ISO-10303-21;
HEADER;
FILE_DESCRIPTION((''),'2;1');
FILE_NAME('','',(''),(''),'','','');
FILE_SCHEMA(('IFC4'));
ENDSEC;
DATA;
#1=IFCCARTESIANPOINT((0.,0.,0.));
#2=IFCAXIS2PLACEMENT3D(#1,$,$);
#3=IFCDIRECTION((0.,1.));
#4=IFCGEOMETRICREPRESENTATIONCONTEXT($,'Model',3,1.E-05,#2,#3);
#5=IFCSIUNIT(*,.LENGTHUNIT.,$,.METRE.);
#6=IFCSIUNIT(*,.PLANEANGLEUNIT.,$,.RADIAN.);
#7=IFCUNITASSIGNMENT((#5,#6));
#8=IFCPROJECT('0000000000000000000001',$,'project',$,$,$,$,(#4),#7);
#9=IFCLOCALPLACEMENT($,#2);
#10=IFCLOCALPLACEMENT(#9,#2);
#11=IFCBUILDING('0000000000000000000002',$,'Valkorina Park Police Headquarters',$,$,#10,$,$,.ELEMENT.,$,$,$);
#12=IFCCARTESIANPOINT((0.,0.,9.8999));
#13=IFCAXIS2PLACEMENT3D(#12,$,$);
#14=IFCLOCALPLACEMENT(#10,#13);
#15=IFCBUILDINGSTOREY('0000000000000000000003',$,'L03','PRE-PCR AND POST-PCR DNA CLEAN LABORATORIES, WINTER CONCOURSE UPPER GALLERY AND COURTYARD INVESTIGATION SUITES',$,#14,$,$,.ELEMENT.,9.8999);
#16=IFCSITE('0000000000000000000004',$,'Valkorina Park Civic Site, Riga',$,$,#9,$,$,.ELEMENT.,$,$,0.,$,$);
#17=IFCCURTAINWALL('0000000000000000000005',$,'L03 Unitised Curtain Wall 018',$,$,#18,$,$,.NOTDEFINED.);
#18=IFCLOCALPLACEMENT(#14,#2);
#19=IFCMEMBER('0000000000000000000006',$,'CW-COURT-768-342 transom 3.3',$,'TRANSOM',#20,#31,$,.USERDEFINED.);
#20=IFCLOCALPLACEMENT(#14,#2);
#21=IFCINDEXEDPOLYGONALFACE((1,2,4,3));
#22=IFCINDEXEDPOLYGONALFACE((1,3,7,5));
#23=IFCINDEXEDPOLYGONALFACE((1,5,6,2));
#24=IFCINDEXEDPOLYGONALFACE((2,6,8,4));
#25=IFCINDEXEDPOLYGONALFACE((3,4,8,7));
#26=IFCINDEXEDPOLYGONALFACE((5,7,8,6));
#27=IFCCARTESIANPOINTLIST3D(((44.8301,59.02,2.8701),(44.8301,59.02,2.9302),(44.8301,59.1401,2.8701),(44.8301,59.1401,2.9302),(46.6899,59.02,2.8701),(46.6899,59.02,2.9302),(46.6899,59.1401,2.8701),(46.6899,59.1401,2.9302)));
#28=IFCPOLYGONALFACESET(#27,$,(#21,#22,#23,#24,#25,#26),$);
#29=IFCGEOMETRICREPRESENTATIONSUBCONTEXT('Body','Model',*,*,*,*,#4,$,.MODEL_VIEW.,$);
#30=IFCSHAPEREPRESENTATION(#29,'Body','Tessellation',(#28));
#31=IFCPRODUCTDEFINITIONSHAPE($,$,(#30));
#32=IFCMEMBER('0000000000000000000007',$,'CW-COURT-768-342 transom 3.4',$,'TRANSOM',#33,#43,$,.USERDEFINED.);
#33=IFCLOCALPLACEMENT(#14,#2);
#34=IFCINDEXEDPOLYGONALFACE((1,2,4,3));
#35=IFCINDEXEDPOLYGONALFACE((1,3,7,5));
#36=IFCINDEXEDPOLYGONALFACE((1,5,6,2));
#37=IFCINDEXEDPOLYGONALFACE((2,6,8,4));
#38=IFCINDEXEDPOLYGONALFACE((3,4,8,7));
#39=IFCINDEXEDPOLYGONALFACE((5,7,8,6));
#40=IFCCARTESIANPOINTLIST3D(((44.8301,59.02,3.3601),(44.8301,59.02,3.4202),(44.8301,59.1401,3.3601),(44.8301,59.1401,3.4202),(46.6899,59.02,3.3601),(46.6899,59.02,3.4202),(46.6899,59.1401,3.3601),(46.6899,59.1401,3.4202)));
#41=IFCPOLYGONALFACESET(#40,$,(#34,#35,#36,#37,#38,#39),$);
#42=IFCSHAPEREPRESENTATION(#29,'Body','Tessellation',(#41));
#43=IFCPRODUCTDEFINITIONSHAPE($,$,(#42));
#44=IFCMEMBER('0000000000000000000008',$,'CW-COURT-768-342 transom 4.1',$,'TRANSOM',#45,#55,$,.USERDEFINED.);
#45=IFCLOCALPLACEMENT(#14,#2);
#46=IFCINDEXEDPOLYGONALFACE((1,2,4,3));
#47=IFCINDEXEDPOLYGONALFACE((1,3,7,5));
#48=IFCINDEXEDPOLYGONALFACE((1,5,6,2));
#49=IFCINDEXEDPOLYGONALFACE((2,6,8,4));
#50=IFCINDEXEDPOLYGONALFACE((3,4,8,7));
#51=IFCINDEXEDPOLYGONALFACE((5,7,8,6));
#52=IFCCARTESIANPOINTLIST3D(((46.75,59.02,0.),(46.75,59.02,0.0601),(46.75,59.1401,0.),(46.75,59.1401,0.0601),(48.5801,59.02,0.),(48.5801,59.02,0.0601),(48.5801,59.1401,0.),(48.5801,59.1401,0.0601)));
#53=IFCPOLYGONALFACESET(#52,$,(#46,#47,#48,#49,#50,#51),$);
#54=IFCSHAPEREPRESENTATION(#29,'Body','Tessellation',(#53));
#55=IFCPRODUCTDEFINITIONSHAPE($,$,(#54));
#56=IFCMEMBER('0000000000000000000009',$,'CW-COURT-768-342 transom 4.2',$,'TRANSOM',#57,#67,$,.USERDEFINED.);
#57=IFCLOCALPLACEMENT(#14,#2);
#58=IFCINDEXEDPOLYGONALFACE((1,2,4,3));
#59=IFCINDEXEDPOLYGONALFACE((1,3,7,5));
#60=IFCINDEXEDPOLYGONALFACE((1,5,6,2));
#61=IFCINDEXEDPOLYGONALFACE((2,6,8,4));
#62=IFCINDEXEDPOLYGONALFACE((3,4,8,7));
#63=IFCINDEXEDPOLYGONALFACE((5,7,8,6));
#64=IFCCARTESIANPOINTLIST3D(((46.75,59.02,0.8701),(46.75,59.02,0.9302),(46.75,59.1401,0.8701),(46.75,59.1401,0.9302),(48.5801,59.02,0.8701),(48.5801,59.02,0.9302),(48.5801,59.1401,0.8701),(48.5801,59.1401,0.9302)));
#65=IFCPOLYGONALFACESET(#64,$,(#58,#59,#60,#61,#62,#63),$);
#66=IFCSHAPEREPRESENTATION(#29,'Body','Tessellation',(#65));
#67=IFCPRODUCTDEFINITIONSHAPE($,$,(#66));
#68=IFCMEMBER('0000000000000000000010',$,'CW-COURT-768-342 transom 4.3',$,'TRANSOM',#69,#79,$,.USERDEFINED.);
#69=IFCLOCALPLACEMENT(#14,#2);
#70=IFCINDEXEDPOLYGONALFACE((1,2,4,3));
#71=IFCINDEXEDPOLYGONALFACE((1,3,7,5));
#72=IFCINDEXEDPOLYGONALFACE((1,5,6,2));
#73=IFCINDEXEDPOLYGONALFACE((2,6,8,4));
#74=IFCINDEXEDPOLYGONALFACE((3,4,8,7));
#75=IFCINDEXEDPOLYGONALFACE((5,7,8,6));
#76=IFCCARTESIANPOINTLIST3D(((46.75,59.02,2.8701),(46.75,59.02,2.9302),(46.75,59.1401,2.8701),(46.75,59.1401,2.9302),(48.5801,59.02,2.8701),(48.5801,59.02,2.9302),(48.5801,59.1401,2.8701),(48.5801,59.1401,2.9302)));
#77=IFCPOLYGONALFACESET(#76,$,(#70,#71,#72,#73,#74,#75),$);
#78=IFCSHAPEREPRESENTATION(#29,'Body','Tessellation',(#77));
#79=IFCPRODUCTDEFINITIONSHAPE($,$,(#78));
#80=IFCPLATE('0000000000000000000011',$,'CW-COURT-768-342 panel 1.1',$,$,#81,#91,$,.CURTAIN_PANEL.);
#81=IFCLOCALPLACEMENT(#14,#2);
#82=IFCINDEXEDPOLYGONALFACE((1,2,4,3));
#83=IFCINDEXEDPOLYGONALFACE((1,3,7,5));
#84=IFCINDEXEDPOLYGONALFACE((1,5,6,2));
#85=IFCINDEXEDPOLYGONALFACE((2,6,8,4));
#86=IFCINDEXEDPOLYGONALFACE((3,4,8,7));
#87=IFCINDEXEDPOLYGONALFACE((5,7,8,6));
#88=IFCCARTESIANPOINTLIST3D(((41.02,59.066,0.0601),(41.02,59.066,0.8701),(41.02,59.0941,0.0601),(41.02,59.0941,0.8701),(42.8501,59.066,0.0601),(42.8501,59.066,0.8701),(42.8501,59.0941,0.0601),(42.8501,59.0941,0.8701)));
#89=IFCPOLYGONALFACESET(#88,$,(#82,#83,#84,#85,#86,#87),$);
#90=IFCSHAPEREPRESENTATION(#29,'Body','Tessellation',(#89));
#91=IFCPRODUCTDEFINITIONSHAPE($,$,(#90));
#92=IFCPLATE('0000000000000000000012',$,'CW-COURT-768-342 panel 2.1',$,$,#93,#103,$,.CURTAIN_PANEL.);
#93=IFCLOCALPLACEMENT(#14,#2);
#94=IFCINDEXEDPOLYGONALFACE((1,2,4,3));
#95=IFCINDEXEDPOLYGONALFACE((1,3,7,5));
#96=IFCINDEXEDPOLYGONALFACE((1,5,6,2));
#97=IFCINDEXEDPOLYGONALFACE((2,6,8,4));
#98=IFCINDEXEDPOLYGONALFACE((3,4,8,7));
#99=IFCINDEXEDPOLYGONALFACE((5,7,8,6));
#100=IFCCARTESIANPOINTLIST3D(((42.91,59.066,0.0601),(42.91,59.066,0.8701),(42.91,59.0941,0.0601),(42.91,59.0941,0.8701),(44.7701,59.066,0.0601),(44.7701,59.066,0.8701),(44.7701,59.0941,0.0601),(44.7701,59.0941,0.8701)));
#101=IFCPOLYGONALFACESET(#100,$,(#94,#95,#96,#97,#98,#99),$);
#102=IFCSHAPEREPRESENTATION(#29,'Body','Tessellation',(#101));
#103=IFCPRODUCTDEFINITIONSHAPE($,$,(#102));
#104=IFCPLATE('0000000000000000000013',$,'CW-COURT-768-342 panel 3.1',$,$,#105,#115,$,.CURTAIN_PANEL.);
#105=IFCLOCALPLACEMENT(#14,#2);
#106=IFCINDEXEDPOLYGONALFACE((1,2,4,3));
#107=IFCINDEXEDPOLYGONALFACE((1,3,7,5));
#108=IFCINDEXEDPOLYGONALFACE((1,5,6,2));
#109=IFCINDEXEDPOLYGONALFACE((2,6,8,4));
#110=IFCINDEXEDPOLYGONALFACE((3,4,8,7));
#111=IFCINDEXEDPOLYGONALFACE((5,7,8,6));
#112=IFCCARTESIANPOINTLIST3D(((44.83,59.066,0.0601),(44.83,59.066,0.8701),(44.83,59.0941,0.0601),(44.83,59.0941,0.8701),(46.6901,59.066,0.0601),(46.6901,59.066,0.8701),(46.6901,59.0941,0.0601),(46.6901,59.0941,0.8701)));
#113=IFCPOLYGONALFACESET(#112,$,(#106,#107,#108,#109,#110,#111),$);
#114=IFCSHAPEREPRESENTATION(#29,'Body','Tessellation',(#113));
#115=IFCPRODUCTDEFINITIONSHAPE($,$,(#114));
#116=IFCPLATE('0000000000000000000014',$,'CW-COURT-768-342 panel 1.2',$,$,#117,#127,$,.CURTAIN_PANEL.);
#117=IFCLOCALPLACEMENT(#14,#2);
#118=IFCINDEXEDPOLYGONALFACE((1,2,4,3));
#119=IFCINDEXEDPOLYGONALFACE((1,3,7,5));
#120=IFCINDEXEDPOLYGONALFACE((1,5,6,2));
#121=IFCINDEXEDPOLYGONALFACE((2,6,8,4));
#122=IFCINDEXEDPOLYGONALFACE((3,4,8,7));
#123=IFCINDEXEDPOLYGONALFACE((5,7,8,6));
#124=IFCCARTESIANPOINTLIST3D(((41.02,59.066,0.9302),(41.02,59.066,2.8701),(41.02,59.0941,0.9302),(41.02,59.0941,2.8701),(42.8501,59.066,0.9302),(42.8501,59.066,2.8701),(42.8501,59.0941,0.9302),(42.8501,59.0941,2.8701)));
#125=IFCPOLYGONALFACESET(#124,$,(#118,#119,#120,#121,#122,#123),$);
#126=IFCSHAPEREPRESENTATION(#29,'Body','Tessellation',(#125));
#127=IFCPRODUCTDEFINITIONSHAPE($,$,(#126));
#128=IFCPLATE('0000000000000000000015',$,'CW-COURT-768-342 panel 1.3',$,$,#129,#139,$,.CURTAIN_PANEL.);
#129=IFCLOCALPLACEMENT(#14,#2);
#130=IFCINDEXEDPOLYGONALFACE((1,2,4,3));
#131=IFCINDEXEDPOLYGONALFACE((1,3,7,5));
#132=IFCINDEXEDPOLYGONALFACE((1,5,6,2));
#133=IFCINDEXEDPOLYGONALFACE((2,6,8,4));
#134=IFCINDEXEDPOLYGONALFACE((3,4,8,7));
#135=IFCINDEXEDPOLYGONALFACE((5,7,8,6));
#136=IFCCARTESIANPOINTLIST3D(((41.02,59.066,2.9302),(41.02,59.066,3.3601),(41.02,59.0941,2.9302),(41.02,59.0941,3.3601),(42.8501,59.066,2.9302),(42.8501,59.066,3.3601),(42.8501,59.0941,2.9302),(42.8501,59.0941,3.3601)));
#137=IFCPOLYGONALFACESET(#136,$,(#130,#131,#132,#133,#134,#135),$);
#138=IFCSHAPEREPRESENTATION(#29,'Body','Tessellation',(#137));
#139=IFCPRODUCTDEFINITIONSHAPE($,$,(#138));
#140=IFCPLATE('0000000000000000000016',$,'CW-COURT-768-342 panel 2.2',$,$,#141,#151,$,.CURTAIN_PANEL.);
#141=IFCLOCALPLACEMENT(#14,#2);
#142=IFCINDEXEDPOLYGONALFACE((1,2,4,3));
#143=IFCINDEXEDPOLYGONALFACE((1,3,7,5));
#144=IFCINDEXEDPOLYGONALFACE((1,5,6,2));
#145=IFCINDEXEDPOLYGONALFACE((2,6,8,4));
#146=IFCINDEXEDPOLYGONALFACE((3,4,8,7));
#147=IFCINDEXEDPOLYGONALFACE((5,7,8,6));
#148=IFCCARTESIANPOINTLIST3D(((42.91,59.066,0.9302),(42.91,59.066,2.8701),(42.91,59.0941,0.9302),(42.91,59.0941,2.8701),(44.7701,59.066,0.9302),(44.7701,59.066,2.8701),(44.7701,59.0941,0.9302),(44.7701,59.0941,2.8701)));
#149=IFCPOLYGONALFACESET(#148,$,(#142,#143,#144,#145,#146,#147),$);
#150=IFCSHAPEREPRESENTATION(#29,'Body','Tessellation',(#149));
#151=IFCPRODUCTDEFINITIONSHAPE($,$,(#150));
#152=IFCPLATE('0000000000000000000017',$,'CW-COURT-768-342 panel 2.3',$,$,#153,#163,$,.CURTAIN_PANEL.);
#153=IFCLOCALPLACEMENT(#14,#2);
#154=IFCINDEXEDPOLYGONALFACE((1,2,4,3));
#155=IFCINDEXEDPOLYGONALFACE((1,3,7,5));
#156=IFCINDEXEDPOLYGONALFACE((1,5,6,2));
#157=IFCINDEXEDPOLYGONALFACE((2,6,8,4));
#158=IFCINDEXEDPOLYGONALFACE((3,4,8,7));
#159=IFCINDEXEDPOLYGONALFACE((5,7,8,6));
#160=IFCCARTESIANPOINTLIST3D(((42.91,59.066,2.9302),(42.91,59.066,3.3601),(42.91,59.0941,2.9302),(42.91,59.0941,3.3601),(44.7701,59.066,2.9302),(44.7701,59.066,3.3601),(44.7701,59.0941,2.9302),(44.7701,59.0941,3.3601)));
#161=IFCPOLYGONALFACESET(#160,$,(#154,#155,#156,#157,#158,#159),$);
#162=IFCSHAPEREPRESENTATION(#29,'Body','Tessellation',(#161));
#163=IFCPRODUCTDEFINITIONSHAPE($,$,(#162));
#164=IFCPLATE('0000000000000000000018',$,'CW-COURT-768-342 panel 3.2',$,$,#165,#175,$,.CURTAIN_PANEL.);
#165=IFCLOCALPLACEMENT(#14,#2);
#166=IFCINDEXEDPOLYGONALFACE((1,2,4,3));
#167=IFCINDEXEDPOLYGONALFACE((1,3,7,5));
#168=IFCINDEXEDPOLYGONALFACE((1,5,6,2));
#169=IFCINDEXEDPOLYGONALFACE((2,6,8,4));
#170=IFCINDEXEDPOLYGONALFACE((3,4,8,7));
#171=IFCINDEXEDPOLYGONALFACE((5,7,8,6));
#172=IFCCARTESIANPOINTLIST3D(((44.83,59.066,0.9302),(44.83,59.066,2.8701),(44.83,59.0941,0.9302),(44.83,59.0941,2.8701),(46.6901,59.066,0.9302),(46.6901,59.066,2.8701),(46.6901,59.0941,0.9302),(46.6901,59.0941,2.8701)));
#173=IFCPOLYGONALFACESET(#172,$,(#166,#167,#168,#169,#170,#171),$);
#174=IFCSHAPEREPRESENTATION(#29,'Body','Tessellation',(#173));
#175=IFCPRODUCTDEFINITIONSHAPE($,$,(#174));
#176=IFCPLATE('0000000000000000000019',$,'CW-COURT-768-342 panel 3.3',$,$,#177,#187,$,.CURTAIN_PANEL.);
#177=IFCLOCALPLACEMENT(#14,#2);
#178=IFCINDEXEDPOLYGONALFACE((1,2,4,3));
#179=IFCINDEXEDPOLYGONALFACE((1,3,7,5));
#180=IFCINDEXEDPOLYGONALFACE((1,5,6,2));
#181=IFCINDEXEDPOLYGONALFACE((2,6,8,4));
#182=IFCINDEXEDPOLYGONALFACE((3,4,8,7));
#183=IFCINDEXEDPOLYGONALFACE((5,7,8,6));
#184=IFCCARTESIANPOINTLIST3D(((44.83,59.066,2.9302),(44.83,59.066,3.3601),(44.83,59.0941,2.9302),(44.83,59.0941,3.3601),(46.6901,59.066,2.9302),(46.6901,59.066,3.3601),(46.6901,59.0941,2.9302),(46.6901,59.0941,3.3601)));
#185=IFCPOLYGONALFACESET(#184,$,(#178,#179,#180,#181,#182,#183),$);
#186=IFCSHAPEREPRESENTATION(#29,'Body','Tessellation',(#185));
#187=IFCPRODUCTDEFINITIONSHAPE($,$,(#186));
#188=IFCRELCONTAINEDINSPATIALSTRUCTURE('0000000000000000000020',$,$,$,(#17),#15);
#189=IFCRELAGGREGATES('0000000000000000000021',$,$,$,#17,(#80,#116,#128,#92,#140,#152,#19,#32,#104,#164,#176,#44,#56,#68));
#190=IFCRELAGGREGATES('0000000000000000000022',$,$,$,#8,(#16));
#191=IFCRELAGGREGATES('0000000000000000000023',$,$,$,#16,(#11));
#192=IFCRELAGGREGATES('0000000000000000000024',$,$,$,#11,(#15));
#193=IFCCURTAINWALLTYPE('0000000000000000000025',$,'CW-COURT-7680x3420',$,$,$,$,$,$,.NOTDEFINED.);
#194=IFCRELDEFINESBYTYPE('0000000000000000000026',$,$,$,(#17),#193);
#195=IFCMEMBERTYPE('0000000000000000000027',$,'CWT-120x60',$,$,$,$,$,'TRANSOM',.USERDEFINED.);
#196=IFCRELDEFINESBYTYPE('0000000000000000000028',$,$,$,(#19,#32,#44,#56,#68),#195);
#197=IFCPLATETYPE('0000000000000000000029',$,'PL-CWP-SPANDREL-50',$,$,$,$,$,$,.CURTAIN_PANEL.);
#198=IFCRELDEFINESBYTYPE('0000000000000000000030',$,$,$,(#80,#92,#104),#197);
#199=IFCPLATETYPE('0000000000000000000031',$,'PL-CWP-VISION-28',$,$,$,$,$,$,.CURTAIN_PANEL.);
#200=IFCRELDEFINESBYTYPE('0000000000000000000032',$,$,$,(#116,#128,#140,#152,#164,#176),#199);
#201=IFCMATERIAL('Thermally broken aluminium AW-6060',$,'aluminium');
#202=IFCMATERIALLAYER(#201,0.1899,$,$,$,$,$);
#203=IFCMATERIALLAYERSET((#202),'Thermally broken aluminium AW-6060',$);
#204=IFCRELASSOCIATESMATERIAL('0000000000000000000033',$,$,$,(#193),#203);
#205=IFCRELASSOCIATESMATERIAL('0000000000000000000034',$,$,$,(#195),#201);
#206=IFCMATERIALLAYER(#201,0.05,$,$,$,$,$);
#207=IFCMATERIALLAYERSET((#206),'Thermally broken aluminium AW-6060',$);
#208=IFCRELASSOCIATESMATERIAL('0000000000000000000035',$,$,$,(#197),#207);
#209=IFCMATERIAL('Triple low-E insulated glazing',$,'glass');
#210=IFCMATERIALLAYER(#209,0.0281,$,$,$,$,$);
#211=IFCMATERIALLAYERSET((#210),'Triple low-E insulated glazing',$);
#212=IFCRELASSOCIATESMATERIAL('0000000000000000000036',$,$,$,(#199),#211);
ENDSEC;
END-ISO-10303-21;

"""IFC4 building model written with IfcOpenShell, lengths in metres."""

from ifc_helpers import new_model, si_unit, direction, frame, origin, origin_2d, place, context, subcontext, project, spatial, rectangle, extrude, material, layer, layer_set, material_profile, profile_set, type_object, element, aggregate, save


model = new_model("IFC4")

# Units and contexts
model_context = context("Model", 3, precision=1e-05, world=origin(), true_north=direction((0.0, 1.0)))
body_context = subcontext(model_context, "Body", "Model", "MODEL_VIEW")
ifc_project = project(units=[si_unit("LENGTHUNIT", "METRE"), si_unit("PLANEANGLEUNIT", "RADIAN")], contexts=[model_context])

# Site, building, storey
site_placement = place(None, origin())
site = spatial("IfcSite", under=ifc_project, at=site_placement, Name="Valkorina Park Civic Site, Riga", CompositionType="ELEMENT", RefElevation=0.0)
building_placement = place(site_placement, origin())
building = spatial("IfcBuilding", under=site, at=building_placement, Name="Valkorina Park Police Headquarters", CompositionType="ELEMENT")
storey_placement = place(building_placement, frame((0.0, 0.0, 9.8999)))
storey = spatial("IfcBuildingStorey", under=building, at=storey_placement, Name="L03", Description="PRE-PCR AND POST-PCR DNA CLEAN LABORATORIES, WINTER CONCOURSE UPPER GALLERY AND COURTYARD INVESTIGATION SUITES", CompositionType="ELEMENT", Elevation=9.8999)

# Shared definitions
ifc_material_1 = material(Name="Thermally broken aluminium AW-6060", Category="aluminium")

# Curtain wall, members, plates
ifc_layer_1 = layer(ifc_material_1, 0.1899)
ifc_layer_set_1 = layer_set([ifc_layer_1], Name="Thermally broken aluminium AW-6060")
curtain_wall_type_1 = type_object("IfcCurtainWallType", Name="CW-COURT-7680x3420", PredefinedType="NOTDEFINED", material=ifc_layer_set_1)
curtain_wall_1_placement = place(storey_placement, origin())
curtain_wall_1 = element("IfcCurtainWall", 1, at=curtain_wall_1_placement, inside=storey, type_object=curtain_wall_type_1, Name="L03 Unitised Curtain Wall 018", PredefinedType="NOTDEFINED")
ifc_material_profile_1 = material_profile(ifc_material_1, rectangle(XDim=0.1201, YDim=0.0601, at=origin_2d()), Name="CWT-01 120x60")
ifc_profile_set_1 = profile_set([ifc_material_profile_1], Name="Thermally broken aluminium AW-6060")
member_type_1 = type_object("IfcMemberType", Name="CWT-120x60", ElementType="TRANSOM", PredefinedType="USERDEFINED", material=ifc_profile_set_1)
member_1_placement = place(storey_placement, frame((44.8301, 59.0801, 2.9001), z_axis=(1.0, 0.0, 0.0), x_axis=(0.0, 1.0, 0.0)))
member_1 = element("IfcMember", 2, at=member_1_placement, type_object=member_type_1, Name="CW-COURT-768-342 transom 3.3", ObjectType="TRANSOM", PredefinedType="USERDEFINED", context=body_context, shape_type="SweptSolid", body=[
    extrude(rectangle(XDim=0.1201, YDim=0.0601, at=origin_2d()), origin(), (0.0, 0.0, 1.0), 1.8599),
])
member_2_placement = place(storey_placement, frame((44.8301, 59.0801, 3.3901), z_axis=(1.0, 0.0, 0.0), x_axis=(0.0, 1.0, 0.0)))
member_2 = element("IfcMember", 3, at=member_2_placement, type_object=member_type_1, Name="CW-COURT-768-342 transom 3.4", ObjectType="TRANSOM", PredefinedType="USERDEFINED", context=body_context, shape_type="SweptSolid", body=[
    extrude(rectangle(XDim=0.1201, YDim=0.0601, at=origin_2d()), origin(), (0.0, 0.0, 1.0), 1.8599),
])
member_3_placement = place(storey_placement, frame((46.75, 59.0801, 0.03), z_axis=(1.0, 0.0, 0.0), x_axis=(0.0, 1.0, 0.0)))
member_3 = element("IfcMember", 4, at=member_3_placement, type_object=member_type_1, Name="CW-COURT-768-342 transom 4.1", ObjectType="TRANSOM", PredefinedType="USERDEFINED", context=body_context, shape_type="SweptSolid", body=[
    extrude(rectangle(XDim=0.1201, YDim=0.0601, at=origin_2d()), origin(), (0.0, 0.0, 1.0), 1.8301),
])
member_4_placement = place(storey_placement, frame((46.75, 59.0801, 0.9001), z_axis=(1.0, 0.0, 0.0), x_axis=(0.0, 1.0, 0.0)))
member_4 = element("IfcMember", 5, at=member_4_placement, type_object=member_type_1, Name="CW-COURT-768-342 transom 4.2", ObjectType="TRANSOM", PredefinedType="USERDEFINED", context=body_context, shape_type="SweptSolid", body=[
    extrude(rectangle(XDim=0.1201, YDim=0.0601, at=origin_2d()), origin(), (0.0, 0.0, 1.0), 1.8301),
])
member_5_placement = place(storey_placement, frame((46.75, 59.0801, 2.9001), z_axis=(1.0, 0.0, 0.0), x_axis=(0.0, 1.0, 0.0)))
member_5 = element("IfcMember", 6, at=member_5_placement, type_object=member_type_1, Name="CW-COURT-768-342 transom 4.3", ObjectType="TRANSOM", PredefinedType="USERDEFINED", context=body_context, shape_type="SweptSolid", body=[
    extrude(rectangle(XDim=0.1201, YDim=0.0601, at=origin_2d()), origin(), (0.0, 0.0, 1.0), 1.8301),
])
ifc_layer_2 = layer(ifc_material_1, 0.05)
ifc_layer_set_2 = layer_set([ifc_layer_2], Name="Thermally broken aluminium AW-6060")
plate_type_1 = type_object("IfcPlateType", Name="PL-CWP-SPANDREL-50", PredefinedType="CURTAIN_PANEL", material=ifc_layer_set_2)
plate_1_placement = place(storey_placement, frame((41.9351, 59.0801, 0.0601), z_axis=(0.0, 0.0, 1.0), x_axis=(1.0, 0.0, 0.0)))
plate_1 = element("IfcPlate", 7, at=plate_1_placement, type_object=plate_type_1, Name="CW-COURT-768-342 panel 1.1", PredefinedType="CURTAIN_PANEL", context=body_context, shape_type="SweptSolid", body=[
    extrude(rectangle(XDim=1.8301, YDim=0.0281, at=origin_2d()), origin(), (0.0, 0.0, 1.0), 0.8101),
])
plate_2_placement = place(storey_placement, frame((43.8401, 59.0801, 0.0601), z_axis=(0.0, 0.0, 1.0), x_axis=(1.0, 0.0, 0.0)))
plate_2 = element("IfcPlate", 8, at=plate_2_placement, type_object=plate_type_1, Name="CW-COURT-768-342 panel 2.1", PredefinedType="CURTAIN_PANEL", context=body_context, shape_type="SweptSolid", body=[
    extrude(rectangle(XDim=1.8601, YDim=0.0281, at=origin_2d()), origin(), (0.0, 0.0, 1.0), 0.8101),
])
plate_3_placement = place(storey_placement, frame((45.76, 59.0801, 0.0601), z_axis=(0.0, 0.0, 1.0), x_axis=(1.0, 0.0, 0.0)))
plate_3 = element("IfcPlate", 9, at=plate_3_placement, type_object=plate_type_1, Name="CW-COURT-768-342 panel 3.1", PredefinedType="CURTAIN_PANEL", context=body_context, shape_type="SweptSolid", body=[
    extrude(rectangle(XDim=1.8601, YDim=0.0281, at=origin_2d()), origin(), (0.0, 0.0, 1.0), 0.8101),
])
ifc_material_2 = material(Name="Triple low-E insulated glazing", Category="glass")
ifc_layer_3 = layer(ifc_material_2, 0.0281)
ifc_layer_set_3 = layer_set([ifc_layer_3], Name="Triple low-E insulated glazing")
plate_type_2 = type_object("IfcPlateType", Name="PL-CWP-VISION-28", PredefinedType="CURTAIN_PANEL", material=ifc_layer_set_3)
plate_4_placement = place(storey_placement, frame((41.9351, 59.0801, 0.9302), z_axis=(0.0, 0.0, 1.0), x_axis=(1.0, 0.0, 0.0)))
plate_4 = element("IfcPlate", 10, at=plate_4_placement, type_object=plate_type_2, Name="CW-COURT-768-342 panel 1.2", PredefinedType="CURTAIN_PANEL", context=body_context, shape_type="SweptSolid", body=[
    extrude(rectangle(XDim=1.8301, YDim=0.0281, at=origin_2d()), origin(), (0.0, 0.0, 1.0), 1.9399),
])
plate_5_placement = place(storey_placement, frame((41.9351, 59.0801, 2.9302), z_axis=(0.0, 0.0, 1.0), x_axis=(1.0, 0.0, 0.0)))
plate_5 = element("IfcPlate", 11, at=plate_5_placement, type_object=plate_type_2, Name="CW-COURT-768-342 panel 1.3", PredefinedType="CURTAIN_PANEL", context=body_context, shape_type="SweptSolid", body=[
    extrude(rectangle(XDim=1.8301, YDim=0.0281, at=origin_2d()), origin(), (0.0, 0.0, 1.0), 0.4299),
])
plate_6_placement = place(storey_placement, frame((43.8401, 59.0801, 0.9302), z_axis=(0.0, 0.0, 1.0), x_axis=(1.0, 0.0, 0.0)))
plate_6 = element("IfcPlate", 12, at=plate_6_placement, type_object=plate_type_2, Name="CW-COURT-768-342 panel 2.2", PredefinedType="CURTAIN_PANEL", context=body_context, shape_type="SweptSolid", body=[
    extrude(rectangle(XDim=1.8601, YDim=0.0281, at=origin_2d()), origin(), (0.0, 0.0, 1.0), 1.9399),
])
plate_7_placement = place(storey_placement, frame((43.8401, 59.0801, 2.9302), z_axis=(0.0, 0.0, 1.0), x_axis=(1.0, 0.0, 0.0)))
plate_7 = element("IfcPlate", 13, at=plate_7_placement, type_object=plate_type_2, Name="CW-COURT-768-342 panel 2.3", PredefinedType="CURTAIN_PANEL", context=body_context, shape_type="SweptSolid", body=[
    extrude(rectangle(XDim=1.8601, YDim=0.0281, at=origin_2d()), origin(), (0.0, 0.0, 1.0), 0.4299),
])
plate_8_placement = place(storey_placement, frame((45.76, 59.0801, 0.9302), z_axis=(0.0, 0.0, 1.0), x_axis=(1.0, 0.0, 0.0)))
plate_8 = element("IfcPlate", 14, at=plate_8_placement, type_object=plate_type_2, Name="CW-COURT-768-342 panel 3.2", PredefinedType="CURTAIN_PANEL", context=body_context, shape_type="SweptSolid", body=[
    extrude(rectangle(XDim=1.8601, YDim=0.0281, at=origin_2d()), origin(), (0.0, 0.0, 1.0), 1.9399),
])
plate_9_placement = place(storey_placement, frame((45.76, 59.0801, 2.9302), z_axis=(0.0, 0.0, 1.0), x_axis=(1.0, 0.0, 0.0)))
plate_9 = element("IfcPlate", 15, at=plate_9_placement, type_object=plate_type_2, Name="CW-COURT-768-342 panel 3.3", PredefinedType="CURTAIN_PANEL", context=body_context, shape_type="SweptSolid", body=[
    extrude(rectangle(XDim=1.8601, YDim=0.0281, at=origin_2d()), origin(), (0.0, 0.0, 1.0), 0.4299),
])
aggregate(curtain_wall_1, [plate_1, plate_4, plate_5, plate_2, plate_6, plate_7, member_1, member_2, plate_3, plate_8, plate_9, member_3, member_4, member_5])

save(model, "model.ifc")
